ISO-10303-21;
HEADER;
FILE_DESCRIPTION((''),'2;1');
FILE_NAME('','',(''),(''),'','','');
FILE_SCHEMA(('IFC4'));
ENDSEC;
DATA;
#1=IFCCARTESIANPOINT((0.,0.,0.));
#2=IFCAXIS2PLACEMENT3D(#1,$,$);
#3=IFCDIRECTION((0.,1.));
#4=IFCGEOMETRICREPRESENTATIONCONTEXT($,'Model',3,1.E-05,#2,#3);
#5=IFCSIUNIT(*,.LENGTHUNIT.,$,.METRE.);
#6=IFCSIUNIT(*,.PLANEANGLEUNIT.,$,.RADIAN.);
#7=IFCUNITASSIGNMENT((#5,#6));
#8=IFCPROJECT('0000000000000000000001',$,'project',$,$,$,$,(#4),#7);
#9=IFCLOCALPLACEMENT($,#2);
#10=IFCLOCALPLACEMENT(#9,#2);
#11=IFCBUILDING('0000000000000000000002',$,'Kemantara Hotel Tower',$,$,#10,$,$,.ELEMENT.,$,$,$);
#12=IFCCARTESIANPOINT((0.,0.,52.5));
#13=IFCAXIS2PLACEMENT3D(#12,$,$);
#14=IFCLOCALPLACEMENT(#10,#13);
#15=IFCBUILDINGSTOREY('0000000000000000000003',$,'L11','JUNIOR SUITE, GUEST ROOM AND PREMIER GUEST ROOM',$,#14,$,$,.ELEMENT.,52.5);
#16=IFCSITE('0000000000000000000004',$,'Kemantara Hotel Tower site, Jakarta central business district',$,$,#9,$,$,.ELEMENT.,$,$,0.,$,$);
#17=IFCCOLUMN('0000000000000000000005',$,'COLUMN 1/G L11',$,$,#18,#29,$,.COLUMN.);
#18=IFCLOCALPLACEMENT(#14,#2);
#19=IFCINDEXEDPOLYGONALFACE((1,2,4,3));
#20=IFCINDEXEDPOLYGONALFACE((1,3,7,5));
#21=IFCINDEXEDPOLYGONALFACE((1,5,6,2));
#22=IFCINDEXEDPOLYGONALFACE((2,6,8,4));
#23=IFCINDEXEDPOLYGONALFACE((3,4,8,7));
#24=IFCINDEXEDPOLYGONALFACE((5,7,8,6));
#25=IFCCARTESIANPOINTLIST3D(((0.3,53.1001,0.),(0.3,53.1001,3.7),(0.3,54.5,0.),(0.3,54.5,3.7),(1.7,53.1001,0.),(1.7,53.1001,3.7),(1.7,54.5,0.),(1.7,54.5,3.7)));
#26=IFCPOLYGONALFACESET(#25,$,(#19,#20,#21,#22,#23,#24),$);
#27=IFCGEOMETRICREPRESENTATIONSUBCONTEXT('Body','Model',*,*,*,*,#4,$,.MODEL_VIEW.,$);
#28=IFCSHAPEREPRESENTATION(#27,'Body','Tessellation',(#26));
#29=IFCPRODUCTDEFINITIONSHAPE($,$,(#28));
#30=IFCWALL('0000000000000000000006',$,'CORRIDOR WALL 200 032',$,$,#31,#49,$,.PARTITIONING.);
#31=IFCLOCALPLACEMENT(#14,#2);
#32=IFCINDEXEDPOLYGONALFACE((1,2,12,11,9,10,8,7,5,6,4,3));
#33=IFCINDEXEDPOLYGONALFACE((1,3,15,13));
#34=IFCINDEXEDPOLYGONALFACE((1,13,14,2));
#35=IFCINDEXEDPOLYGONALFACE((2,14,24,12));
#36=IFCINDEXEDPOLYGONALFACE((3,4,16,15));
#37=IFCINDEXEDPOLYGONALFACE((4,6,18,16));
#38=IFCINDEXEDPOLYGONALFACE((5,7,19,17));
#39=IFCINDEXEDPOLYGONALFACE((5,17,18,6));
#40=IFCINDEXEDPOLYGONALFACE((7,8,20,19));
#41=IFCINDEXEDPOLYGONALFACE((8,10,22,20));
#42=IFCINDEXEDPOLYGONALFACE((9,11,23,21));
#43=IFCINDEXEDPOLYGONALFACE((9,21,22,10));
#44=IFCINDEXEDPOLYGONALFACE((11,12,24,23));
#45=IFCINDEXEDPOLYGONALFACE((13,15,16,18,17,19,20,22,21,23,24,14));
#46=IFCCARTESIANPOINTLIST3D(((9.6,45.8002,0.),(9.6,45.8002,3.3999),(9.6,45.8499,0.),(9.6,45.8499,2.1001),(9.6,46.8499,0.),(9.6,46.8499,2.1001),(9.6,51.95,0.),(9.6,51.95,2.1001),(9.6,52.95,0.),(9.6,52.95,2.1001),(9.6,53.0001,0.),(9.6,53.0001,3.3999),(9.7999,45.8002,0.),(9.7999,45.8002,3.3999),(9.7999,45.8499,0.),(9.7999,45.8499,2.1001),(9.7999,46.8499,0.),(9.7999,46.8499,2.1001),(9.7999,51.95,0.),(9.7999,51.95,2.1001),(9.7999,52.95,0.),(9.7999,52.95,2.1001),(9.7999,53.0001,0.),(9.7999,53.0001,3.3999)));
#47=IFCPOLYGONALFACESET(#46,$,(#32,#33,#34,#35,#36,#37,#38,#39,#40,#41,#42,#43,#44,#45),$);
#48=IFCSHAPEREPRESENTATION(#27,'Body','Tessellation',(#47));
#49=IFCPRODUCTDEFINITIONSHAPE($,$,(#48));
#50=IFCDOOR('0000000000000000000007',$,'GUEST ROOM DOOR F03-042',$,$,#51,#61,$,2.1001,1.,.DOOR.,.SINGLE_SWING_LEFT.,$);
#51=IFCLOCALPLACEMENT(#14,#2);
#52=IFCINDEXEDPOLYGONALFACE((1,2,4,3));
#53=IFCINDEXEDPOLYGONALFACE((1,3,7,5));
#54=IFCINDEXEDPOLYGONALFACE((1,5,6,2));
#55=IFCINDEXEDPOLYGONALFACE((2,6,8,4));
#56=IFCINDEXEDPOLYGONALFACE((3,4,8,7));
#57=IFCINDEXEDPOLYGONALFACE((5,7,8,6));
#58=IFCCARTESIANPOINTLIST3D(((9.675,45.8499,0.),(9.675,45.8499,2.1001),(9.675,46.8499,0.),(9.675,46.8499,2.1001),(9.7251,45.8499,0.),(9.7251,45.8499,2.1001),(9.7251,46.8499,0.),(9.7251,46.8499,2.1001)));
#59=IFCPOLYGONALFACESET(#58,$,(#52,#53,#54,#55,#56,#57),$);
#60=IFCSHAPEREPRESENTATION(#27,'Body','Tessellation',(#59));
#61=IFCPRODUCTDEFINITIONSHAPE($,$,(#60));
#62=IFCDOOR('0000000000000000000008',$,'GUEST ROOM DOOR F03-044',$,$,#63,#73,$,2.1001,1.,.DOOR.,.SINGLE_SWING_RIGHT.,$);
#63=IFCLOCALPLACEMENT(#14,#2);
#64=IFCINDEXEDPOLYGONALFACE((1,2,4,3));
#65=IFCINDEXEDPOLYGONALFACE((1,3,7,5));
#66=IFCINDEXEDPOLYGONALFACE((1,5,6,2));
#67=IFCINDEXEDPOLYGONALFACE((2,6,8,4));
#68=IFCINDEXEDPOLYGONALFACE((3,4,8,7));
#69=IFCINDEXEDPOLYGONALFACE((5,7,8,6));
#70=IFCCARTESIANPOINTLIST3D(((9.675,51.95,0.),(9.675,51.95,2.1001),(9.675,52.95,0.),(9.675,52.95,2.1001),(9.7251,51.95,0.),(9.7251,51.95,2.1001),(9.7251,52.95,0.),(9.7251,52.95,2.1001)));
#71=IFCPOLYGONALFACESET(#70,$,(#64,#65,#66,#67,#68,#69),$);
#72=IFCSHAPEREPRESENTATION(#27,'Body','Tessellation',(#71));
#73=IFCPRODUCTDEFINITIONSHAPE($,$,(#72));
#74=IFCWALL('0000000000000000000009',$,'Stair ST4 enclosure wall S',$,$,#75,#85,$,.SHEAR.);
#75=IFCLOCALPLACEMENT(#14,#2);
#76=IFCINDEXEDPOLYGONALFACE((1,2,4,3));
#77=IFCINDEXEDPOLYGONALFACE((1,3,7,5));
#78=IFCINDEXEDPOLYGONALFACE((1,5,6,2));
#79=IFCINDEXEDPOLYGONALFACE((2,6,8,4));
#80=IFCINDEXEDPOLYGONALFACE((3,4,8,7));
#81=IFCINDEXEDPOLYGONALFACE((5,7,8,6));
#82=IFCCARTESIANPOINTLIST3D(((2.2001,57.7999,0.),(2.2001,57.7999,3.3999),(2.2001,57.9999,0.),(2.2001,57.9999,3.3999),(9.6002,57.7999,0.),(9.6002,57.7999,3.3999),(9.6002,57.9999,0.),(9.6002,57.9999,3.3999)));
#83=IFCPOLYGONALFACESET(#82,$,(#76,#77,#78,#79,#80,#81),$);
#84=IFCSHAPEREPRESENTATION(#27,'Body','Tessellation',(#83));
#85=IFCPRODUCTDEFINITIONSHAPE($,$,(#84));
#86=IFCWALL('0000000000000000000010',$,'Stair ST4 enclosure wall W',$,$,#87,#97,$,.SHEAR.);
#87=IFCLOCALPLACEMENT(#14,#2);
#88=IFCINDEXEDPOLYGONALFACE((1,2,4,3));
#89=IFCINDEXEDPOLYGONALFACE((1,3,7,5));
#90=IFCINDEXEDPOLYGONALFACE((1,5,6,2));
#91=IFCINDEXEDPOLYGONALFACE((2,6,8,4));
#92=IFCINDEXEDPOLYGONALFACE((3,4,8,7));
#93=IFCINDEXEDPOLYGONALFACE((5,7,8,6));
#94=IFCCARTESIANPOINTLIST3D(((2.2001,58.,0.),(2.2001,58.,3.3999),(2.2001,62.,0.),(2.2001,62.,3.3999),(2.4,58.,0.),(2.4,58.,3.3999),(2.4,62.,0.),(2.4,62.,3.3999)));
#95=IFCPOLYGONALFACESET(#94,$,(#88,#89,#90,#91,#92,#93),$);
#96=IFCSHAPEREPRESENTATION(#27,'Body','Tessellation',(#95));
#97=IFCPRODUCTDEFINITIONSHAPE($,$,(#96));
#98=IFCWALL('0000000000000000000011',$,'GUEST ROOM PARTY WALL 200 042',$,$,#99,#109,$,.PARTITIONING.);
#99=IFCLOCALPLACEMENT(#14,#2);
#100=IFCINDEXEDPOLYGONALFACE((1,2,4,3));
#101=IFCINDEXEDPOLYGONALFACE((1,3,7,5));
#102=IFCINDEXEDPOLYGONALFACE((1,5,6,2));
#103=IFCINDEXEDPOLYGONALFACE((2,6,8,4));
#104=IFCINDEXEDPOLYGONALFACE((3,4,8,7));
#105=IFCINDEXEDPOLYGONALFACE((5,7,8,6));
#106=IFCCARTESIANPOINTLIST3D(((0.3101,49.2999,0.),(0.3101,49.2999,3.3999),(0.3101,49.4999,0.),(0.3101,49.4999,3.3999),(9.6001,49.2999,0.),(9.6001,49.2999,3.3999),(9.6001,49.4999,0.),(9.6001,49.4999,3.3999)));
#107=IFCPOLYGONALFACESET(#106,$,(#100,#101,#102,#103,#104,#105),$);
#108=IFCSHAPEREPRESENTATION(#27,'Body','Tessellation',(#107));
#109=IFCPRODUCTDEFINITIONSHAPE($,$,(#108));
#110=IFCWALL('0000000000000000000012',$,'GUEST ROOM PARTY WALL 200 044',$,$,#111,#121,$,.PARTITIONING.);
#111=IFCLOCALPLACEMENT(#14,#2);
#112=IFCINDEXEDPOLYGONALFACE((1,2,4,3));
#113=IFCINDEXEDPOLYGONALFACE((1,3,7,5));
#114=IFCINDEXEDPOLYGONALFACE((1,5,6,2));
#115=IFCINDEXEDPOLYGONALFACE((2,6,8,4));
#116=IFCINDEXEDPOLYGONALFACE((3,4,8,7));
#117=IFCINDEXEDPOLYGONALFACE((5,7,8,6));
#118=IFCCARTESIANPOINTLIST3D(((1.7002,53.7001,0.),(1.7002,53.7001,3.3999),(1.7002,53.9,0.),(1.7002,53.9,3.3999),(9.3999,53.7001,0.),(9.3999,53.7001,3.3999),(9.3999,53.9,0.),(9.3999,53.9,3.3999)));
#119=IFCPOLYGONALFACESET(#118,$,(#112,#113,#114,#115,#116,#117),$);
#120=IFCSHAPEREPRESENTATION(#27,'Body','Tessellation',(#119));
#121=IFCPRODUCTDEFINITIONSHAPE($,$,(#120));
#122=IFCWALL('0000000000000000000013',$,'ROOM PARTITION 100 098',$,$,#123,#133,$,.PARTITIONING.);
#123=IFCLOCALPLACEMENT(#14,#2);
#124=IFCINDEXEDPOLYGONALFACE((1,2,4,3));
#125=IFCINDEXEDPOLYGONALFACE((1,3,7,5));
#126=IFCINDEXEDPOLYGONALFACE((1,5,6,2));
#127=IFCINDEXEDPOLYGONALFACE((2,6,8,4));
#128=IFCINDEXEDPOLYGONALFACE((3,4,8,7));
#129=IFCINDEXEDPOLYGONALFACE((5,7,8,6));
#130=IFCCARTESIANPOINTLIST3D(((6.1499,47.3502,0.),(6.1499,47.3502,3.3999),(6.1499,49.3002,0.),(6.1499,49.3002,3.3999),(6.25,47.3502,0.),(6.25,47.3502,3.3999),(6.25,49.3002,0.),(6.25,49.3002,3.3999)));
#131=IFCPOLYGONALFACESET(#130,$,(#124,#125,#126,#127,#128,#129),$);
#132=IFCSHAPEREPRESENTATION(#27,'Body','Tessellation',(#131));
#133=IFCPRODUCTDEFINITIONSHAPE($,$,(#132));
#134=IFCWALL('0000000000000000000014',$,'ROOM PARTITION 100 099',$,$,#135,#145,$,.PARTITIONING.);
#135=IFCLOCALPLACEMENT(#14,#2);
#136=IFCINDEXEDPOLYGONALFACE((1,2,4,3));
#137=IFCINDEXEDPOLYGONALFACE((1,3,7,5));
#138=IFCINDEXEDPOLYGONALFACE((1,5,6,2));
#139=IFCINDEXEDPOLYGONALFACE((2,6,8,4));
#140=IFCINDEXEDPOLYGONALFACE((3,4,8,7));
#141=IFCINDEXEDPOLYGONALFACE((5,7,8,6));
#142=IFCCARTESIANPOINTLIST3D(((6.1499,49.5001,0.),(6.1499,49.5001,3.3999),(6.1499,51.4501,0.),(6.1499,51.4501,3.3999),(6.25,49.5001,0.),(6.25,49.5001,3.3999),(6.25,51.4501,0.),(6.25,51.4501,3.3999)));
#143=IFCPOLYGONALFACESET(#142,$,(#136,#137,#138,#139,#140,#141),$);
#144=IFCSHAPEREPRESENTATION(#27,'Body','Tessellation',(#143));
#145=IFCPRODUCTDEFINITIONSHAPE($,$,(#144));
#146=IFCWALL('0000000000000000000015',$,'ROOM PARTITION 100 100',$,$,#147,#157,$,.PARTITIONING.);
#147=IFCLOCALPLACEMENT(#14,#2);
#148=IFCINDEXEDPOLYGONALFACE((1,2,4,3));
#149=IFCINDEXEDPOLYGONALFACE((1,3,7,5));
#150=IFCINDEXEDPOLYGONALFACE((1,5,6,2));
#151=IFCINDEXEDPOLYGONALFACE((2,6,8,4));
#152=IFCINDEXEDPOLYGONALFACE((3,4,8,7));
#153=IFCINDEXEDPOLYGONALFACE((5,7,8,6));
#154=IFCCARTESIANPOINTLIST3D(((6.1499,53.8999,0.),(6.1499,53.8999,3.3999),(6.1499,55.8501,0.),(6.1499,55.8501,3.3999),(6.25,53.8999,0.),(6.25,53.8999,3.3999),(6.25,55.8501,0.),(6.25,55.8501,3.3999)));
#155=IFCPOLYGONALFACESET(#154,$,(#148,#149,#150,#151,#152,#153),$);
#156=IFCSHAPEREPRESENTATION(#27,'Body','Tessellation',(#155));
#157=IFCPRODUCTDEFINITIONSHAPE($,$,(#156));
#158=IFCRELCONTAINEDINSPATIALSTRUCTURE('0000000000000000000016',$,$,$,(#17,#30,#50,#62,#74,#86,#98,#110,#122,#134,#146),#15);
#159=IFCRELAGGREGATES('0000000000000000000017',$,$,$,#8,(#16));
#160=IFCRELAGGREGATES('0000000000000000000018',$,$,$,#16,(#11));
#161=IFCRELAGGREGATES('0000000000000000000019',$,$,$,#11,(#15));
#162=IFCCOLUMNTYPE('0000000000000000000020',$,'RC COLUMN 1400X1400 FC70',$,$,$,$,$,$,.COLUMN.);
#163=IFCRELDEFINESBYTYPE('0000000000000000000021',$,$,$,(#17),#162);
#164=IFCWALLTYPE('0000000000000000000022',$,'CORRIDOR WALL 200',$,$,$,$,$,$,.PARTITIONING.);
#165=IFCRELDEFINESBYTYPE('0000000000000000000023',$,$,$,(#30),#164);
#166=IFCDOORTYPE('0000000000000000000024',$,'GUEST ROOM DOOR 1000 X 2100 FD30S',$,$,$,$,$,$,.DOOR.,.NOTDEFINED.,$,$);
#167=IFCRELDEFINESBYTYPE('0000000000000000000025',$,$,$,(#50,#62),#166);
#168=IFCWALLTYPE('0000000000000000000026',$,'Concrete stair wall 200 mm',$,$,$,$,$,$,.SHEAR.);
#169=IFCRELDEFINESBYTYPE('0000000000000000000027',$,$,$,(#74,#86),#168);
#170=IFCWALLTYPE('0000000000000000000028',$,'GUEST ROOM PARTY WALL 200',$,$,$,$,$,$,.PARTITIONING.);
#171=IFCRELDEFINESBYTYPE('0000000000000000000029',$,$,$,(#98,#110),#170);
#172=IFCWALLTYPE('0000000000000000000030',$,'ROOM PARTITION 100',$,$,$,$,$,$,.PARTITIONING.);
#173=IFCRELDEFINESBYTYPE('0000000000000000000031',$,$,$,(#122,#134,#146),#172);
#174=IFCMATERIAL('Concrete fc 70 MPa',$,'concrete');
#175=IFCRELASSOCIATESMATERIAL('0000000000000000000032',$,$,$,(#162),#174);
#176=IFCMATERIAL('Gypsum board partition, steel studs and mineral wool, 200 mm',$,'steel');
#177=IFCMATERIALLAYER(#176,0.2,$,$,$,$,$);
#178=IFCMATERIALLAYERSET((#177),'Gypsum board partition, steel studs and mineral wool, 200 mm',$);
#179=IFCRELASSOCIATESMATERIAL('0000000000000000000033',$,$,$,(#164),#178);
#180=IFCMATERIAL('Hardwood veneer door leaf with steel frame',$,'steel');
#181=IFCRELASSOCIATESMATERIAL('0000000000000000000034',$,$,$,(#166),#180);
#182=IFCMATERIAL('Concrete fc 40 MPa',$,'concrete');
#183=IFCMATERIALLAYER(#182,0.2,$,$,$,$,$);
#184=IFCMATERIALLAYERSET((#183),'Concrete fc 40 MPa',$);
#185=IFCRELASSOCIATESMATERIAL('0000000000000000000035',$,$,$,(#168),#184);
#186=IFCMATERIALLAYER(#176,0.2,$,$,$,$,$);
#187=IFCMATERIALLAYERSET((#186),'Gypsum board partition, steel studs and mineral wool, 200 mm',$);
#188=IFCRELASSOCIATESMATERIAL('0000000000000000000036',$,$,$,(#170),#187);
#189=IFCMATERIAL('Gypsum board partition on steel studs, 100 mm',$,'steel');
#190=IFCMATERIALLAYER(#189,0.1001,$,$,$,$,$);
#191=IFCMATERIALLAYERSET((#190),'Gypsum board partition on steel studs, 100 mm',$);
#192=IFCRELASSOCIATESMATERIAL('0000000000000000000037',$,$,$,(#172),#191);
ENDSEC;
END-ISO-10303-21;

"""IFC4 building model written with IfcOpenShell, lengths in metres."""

from ifc_helpers import new_model, si_unit, direction, frame, frame_2d, origin, origin_2d, place, context, subcontext, project, spatial, rectangle, extrude, material, layer, layer_set, material_profile, profile_set, type_object, element, fill, save


model = new_model("IFC4")

# Units and contexts
model_context = context("Model", 3, precision=1e-05, world=origin(), true_north=direction((0.0, 1.0)))
body_context = subcontext(model_context, "Body", "Model", "MODEL_VIEW")
ifc_project = project(units=[si_unit("LENGTHUNIT", "METRE"), si_unit("PLANEANGLEUNIT", "RADIAN")], contexts=[model_context])

# Site, building, storey
site_placement = place(None, origin())
site = spatial("IfcSite", under=ifc_project, at=site_placement, Name="Kemantara Hotel Tower site, Jakarta central business district", CompositionType="ELEMENT", RefElevation=0.0)
building_placement = place(site_placement, origin())
building = spatial("IfcBuilding", under=site, at=building_placement, Name="Kemantara Hotel Tower", CompositionType="ELEMENT")
storey_placement = place(building_placement, frame((0.0, 0.0, 52.5)))
storey = spatial("IfcBuildingStorey", under=building, at=storey_placement, Name="L11", Description="JUNIOR SUITE, GUEST ROOM AND PREMIER GUEST ROOM", CompositionType="ELEMENT", Elevation=52.5)

# Column
ifc_material_1 = material(Name="Concrete fc 70 MPa", Category="concrete")
ifc_material_profile = material_profile(ifc_material_1, rectangle(XDim=1.3999, YDim=1.3999, at=origin_2d()), Name="RC 1400X1400")
ifc_profile_set = profile_set([ifc_material_profile], Name="Concrete fc 70 MPa")
column_type = type_object("IfcColumnType", Name="RC COLUMN 1400X1400 FC70", PredefinedType="COLUMN", material=ifc_profile_set)
column_placement = place(storey_placement, frame((1.0, 53.8, 0.0), z_axis=(0.0, 0.0, 1.0), x_axis=(1.0, 0.0, 0.0)))
element("IfcColumn", 1, at=column_placement, inside=storey, type_object=column_type, Name="COLUMN 1/G L11", PredefinedType="COLUMN", context=body_context, shape_type="SweptSolid", body=[
    extrude(rectangle(XDim=1.3999, YDim=1.3999, at=origin_2d()), origin(), (0.0, 0.0, 1.0), 3.7),
])

# Wall, openings, doors
ifc_material_2 = material(Name="Gypsum board partition, steel studs and mineral wool, 200 mm", Category="steel")
ifc_layer_1 = layer(ifc_material_2, 0.2)
ifc_layer_set_1 = layer_set([ifc_layer_1], Name="Gypsum board partition, steel studs and mineral wool, 200 mm")
wall_type_1 = type_object("IfcWallType", Name="CORRIDOR WALL 200", PredefinedType="PARTITIONING", material=ifc_layer_set_1)
wall_1_placement = place(storey_placement, frame((9.7, 45.8, 0.0), z_axis=(0.0, 0.0, 1.0), x_axis=(0.0, 1.0, 0.0)))
wall_1 = element("IfcWall", 2, at=wall_1_placement, inside=storey, type_object=wall_type_1, Name="CORRIDOR WALL 200 032", PredefinedType="PARTITIONING", context=body_context, shape_type="SweptSolid", body=[
    extrude(rectangle(XDim=7.2, YDim=0.2, at=frame_2d((3.6001, 0.0))), origin(), (0.0, 0.0, 1.0), 3.3999),
])
opening_1_placement = place(wall_1_placement, frame((0.0498, 0.0, 0.0)))
opening_1 = element("IfcOpeningElement", 3, at=opening_1_placement, cuts=wall_1, PredefinedType="OPENING", context=body_context, shape_type="SweptSolid", body=[
    extrude(rectangle(XDim=1.0, YDim=2.1001, at=frame_2d((0.5, 1.05))), frame((0.0, 0.1099, 0.0), z_axis=(0.0, -1.0, 0.0), x_axis=(1.0, 0.0, 0.0)), (0.0, 0.0, 1.0), 0.22),
])
opening_2_placement = place(wall_1_placement, frame((6.1499, 0.0, 0.0)))
opening_2 = element("IfcOpeningElement", 4, at=opening_2_placement, cuts=wall_1, PredefinedType="OPENING", context=body_context, shape_type="SweptSolid", body=[
    extrude(rectangle(XDim=1.0, YDim=2.1001, at=frame_2d((0.5, 1.05))), frame((0.0, 0.1099, 0.0), z_axis=(0.0, -1.0, 0.0), x_axis=(1.0, 0.0, 0.0)), (0.0, 0.0, 1.0), 0.22),
])
ifc_material_3 = material(Name="Hardwood veneer door leaf with steel frame", Category="steel")
door_type_1 = type_object("IfcDoorType", Name="GUEST ROOM DOOR 1000 X 2100 FD30S", OperationType="NOTDEFINED", PredefinedType="DOOR", material=ifc_material_3)
door_1_placement = place(opening_1_placement, origin())
door_1 = element("IfcDoor", 5, at=door_1_placement, inside=storey, type_object=door_type_1, Name="GUEST ROOM DOOR F03-042", OperationType="SINGLE_SWING_LEFT", OverallHeight=2.1001, OverallWidth=1.0, PredefinedType="DOOR", context=body_context, shape_type="SweptSolid", body=[
    extrude(rectangle(XDim=1.0, YDim=2.1001, at=frame_2d((0.5, 1.05))), frame((0.0, 0.0249, 0.0), z_axis=(0.0, -1.0, 0.0), x_axis=(1.0, 0.0, 0.0)), (0.0, 0.0, 1.0), 0.05),
])
fill(opening_1, door_1)
door_2_placement = place(opening_2_placement, origin())
door_2 = element("IfcDoor", 6, at=door_2_placement, inside=storey, type_object=door_type_1, Name="GUEST ROOM DOOR F03-044", OperationType="SINGLE_SWING_RIGHT", OverallHeight=2.1001, OverallWidth=1.0, PredefinedType="DOOR", context=body_context, shape_type="SweptSolid", body=[
    extrude(rectangle(XDim=1.0, YDim=2.1001, at=frame_2d((0.5, 1.05))), frame((0.0, 0.0249, 0.0), z_axis=(0.0, -1.0, 0.0), x_axis=(1.0, 0.0, 0.0)), (0.0, 0.0, 1.0), 0.05),
])
fill(opening_2, door_2)

# Walls
ifc_material_4 = material(Name="Concrete fc 40 MPa", Category="concrete")
ifc_layer_2 = layer(ifc_material_4, 0.2)
ifc_layer_set_2 = layer_set([ifc_layer_2], Name="Concrete fc 40 MPa")
wall_type_2 = type_object("IfcWallType", Name="Concrete stair wall 200 mm", PredefinedType="SHEAR", material=ifc_layer_set_2)
wall_2_placement = place(storey_placement, frame((2.2, 57.8999, 0.0), z_axis=(0.0, 0.0, 1.0), x_axis=(1.0, 0.0, 0.0)))
element("IfcWall", 7, at=wall_2_placement, inside=storey, type_object=wall_type_2, Name="Stair ST4 enclosure wall S", PredefinedType="SHEAR", context=body_context, shape_type="SweptSolid", body=[
    extrude(rectangle(XDim=7.4001, YDim=0.2, at=frame_2d((3.7002, 0.0))), origin(), (0.0, 0.0, 1.0), 3.3999),
])
wall_3_placement = place(storey_placement, frame((2.3, 58.0, 0.0), z_axis=(0.0, 0.0, 1.0), x_axis=(0.0, 1.0, 0.0)))
element("IfcWall", 8, at=wall_3_placement, inside=storey, type_object=wall_type_2, Name="Stair ST4 enclosure wall W", PredefinedType="SHEAR", context=body_context, shape_type="SweptSolid", body=[
    extrude(rectangle(XDim=4.0, YDim=0.2, at=frame_2d((2.0, 0.0))), origin(), (0.0, 0.0, 1.0), 3.3999),
])
ifc_layer_3 = layer(ifc_material_2, 0.2)
ifc_layer_set_3 = layer_set([ifc_layer_3], Name="Gypsum board partition, steel studs and mineral wool, 200 mm")
wall_type_3 = type_object("IfcWallType", Name="GUEST ROOM PARTY WALL 200", PredefinedType="PARTITIONING", material=ifc_layer_set_3)
wall_4_placement = place(storey_placement, frame((0.3101, 49.3999, 0.0), z_axis=(0.0, 0.0, 1.0), x_axis=(1.0, 0.0, 0.0)))
element("IfcWall", 9, at=wall_4_placement, inside=storey, type_object=wall_type_3, Name="GUEST ROOM PARTY WALL 200 042", PredefinedType="PARTITIONING", context=body_context, shape_type="SweptSolid", body=[
    extrude(rectangle(XDim=9.29, YDim=0.2, at=frame_2d((4.645, 0.0))), origin(), (0.0, 0.0, 1.0), 3.3999),
])
wall_5_placement = place(storey_placement, frame((1.7002, 53.8, 0.0), z_axis=(0.0, 0.0, 1.0), x_axis=(1.0, 0.0, 0.0)))
element("IfcWall", 10, at=wall_5_placement, inside=storey, type_object=wall_type_3, Name="GUEST ROOM PARTY WALL 200 044", PredefinedType="PARTITIONING", context=body_context, shape_type="SweptSolid", body=[
    extrude(rectangle(XDim=7.6997, YDim=0.2, at=frame_2d((3.8499, 0.0))), origin(), (0.0, 0.0, 1.0), 3.3999),
])
ifc_material_5 = material(Name="Gypsum board partition on steel studs, 100 mm", Category="steel")
ifc_layer_4 = layer(ifc_material_5, 0.1001)
ifc_layer_set_4 = layer_set([ifc_layer_4], Name="Gypsum board partition on steel studs, 100 mm")
wall_type_4 = type_object("IfcWallType", Name="ROOM PARTITION 100", PredefinedType="PARTITIONING", material=ifc_layer_set_4)
for number, where, z_axis, x_axis, name in (
    (11, (6.2, 47.3501, 0.0), (0.0, 0.0, 1.0), (0.0, 1.0, 0.0), "ROOM PARTITION 100 098"),
    (12, (6.2, 49.5, 0.0), (0.0, 0.0, 1.0), (0.0, 1.0, 0.0), "ROOM PARTITION 100 099"),
):
    element("IfcWall", number, at=place(storey_placement, frame(where, z_axis=z_axis, x_axis=x_axis)), inside=storey, type_object=wall_type_4, Name=name, PredefinedType="PARTITIONING", context=body_context, shape_type="SweptSolid", body=[
        extrude(rectangle(XDim=1.95, YDim=0.1001, at=frame_2d((0.9751, 0.0))), origin(), (0.0, 0.0, 1.0), 3.3999),
    ])
wall_6_placement = place(storey_placement, frame((6.2, 53.8999, 0.0), z_axis=(0.0, 0.0, 1.0), x_axis=(0.0, 1.0, 0.0)))
element("IfcWall", 13, at=wall_6_placement, inside=storey, type_object=wall_type_4, Name="ROOM PARTITION 100 100", PredefinedType="PARTITIONING", context=body_context, shape_type="SweptSolid", body=[
    extrude(rectangle(XDim=1.9502, YDim=0.1001, at=frame_2d((0.9751, 0.0))), origin(), (0.0, 0.0, 1.0), 3.3999),
])

save(model, "model.ifc")
